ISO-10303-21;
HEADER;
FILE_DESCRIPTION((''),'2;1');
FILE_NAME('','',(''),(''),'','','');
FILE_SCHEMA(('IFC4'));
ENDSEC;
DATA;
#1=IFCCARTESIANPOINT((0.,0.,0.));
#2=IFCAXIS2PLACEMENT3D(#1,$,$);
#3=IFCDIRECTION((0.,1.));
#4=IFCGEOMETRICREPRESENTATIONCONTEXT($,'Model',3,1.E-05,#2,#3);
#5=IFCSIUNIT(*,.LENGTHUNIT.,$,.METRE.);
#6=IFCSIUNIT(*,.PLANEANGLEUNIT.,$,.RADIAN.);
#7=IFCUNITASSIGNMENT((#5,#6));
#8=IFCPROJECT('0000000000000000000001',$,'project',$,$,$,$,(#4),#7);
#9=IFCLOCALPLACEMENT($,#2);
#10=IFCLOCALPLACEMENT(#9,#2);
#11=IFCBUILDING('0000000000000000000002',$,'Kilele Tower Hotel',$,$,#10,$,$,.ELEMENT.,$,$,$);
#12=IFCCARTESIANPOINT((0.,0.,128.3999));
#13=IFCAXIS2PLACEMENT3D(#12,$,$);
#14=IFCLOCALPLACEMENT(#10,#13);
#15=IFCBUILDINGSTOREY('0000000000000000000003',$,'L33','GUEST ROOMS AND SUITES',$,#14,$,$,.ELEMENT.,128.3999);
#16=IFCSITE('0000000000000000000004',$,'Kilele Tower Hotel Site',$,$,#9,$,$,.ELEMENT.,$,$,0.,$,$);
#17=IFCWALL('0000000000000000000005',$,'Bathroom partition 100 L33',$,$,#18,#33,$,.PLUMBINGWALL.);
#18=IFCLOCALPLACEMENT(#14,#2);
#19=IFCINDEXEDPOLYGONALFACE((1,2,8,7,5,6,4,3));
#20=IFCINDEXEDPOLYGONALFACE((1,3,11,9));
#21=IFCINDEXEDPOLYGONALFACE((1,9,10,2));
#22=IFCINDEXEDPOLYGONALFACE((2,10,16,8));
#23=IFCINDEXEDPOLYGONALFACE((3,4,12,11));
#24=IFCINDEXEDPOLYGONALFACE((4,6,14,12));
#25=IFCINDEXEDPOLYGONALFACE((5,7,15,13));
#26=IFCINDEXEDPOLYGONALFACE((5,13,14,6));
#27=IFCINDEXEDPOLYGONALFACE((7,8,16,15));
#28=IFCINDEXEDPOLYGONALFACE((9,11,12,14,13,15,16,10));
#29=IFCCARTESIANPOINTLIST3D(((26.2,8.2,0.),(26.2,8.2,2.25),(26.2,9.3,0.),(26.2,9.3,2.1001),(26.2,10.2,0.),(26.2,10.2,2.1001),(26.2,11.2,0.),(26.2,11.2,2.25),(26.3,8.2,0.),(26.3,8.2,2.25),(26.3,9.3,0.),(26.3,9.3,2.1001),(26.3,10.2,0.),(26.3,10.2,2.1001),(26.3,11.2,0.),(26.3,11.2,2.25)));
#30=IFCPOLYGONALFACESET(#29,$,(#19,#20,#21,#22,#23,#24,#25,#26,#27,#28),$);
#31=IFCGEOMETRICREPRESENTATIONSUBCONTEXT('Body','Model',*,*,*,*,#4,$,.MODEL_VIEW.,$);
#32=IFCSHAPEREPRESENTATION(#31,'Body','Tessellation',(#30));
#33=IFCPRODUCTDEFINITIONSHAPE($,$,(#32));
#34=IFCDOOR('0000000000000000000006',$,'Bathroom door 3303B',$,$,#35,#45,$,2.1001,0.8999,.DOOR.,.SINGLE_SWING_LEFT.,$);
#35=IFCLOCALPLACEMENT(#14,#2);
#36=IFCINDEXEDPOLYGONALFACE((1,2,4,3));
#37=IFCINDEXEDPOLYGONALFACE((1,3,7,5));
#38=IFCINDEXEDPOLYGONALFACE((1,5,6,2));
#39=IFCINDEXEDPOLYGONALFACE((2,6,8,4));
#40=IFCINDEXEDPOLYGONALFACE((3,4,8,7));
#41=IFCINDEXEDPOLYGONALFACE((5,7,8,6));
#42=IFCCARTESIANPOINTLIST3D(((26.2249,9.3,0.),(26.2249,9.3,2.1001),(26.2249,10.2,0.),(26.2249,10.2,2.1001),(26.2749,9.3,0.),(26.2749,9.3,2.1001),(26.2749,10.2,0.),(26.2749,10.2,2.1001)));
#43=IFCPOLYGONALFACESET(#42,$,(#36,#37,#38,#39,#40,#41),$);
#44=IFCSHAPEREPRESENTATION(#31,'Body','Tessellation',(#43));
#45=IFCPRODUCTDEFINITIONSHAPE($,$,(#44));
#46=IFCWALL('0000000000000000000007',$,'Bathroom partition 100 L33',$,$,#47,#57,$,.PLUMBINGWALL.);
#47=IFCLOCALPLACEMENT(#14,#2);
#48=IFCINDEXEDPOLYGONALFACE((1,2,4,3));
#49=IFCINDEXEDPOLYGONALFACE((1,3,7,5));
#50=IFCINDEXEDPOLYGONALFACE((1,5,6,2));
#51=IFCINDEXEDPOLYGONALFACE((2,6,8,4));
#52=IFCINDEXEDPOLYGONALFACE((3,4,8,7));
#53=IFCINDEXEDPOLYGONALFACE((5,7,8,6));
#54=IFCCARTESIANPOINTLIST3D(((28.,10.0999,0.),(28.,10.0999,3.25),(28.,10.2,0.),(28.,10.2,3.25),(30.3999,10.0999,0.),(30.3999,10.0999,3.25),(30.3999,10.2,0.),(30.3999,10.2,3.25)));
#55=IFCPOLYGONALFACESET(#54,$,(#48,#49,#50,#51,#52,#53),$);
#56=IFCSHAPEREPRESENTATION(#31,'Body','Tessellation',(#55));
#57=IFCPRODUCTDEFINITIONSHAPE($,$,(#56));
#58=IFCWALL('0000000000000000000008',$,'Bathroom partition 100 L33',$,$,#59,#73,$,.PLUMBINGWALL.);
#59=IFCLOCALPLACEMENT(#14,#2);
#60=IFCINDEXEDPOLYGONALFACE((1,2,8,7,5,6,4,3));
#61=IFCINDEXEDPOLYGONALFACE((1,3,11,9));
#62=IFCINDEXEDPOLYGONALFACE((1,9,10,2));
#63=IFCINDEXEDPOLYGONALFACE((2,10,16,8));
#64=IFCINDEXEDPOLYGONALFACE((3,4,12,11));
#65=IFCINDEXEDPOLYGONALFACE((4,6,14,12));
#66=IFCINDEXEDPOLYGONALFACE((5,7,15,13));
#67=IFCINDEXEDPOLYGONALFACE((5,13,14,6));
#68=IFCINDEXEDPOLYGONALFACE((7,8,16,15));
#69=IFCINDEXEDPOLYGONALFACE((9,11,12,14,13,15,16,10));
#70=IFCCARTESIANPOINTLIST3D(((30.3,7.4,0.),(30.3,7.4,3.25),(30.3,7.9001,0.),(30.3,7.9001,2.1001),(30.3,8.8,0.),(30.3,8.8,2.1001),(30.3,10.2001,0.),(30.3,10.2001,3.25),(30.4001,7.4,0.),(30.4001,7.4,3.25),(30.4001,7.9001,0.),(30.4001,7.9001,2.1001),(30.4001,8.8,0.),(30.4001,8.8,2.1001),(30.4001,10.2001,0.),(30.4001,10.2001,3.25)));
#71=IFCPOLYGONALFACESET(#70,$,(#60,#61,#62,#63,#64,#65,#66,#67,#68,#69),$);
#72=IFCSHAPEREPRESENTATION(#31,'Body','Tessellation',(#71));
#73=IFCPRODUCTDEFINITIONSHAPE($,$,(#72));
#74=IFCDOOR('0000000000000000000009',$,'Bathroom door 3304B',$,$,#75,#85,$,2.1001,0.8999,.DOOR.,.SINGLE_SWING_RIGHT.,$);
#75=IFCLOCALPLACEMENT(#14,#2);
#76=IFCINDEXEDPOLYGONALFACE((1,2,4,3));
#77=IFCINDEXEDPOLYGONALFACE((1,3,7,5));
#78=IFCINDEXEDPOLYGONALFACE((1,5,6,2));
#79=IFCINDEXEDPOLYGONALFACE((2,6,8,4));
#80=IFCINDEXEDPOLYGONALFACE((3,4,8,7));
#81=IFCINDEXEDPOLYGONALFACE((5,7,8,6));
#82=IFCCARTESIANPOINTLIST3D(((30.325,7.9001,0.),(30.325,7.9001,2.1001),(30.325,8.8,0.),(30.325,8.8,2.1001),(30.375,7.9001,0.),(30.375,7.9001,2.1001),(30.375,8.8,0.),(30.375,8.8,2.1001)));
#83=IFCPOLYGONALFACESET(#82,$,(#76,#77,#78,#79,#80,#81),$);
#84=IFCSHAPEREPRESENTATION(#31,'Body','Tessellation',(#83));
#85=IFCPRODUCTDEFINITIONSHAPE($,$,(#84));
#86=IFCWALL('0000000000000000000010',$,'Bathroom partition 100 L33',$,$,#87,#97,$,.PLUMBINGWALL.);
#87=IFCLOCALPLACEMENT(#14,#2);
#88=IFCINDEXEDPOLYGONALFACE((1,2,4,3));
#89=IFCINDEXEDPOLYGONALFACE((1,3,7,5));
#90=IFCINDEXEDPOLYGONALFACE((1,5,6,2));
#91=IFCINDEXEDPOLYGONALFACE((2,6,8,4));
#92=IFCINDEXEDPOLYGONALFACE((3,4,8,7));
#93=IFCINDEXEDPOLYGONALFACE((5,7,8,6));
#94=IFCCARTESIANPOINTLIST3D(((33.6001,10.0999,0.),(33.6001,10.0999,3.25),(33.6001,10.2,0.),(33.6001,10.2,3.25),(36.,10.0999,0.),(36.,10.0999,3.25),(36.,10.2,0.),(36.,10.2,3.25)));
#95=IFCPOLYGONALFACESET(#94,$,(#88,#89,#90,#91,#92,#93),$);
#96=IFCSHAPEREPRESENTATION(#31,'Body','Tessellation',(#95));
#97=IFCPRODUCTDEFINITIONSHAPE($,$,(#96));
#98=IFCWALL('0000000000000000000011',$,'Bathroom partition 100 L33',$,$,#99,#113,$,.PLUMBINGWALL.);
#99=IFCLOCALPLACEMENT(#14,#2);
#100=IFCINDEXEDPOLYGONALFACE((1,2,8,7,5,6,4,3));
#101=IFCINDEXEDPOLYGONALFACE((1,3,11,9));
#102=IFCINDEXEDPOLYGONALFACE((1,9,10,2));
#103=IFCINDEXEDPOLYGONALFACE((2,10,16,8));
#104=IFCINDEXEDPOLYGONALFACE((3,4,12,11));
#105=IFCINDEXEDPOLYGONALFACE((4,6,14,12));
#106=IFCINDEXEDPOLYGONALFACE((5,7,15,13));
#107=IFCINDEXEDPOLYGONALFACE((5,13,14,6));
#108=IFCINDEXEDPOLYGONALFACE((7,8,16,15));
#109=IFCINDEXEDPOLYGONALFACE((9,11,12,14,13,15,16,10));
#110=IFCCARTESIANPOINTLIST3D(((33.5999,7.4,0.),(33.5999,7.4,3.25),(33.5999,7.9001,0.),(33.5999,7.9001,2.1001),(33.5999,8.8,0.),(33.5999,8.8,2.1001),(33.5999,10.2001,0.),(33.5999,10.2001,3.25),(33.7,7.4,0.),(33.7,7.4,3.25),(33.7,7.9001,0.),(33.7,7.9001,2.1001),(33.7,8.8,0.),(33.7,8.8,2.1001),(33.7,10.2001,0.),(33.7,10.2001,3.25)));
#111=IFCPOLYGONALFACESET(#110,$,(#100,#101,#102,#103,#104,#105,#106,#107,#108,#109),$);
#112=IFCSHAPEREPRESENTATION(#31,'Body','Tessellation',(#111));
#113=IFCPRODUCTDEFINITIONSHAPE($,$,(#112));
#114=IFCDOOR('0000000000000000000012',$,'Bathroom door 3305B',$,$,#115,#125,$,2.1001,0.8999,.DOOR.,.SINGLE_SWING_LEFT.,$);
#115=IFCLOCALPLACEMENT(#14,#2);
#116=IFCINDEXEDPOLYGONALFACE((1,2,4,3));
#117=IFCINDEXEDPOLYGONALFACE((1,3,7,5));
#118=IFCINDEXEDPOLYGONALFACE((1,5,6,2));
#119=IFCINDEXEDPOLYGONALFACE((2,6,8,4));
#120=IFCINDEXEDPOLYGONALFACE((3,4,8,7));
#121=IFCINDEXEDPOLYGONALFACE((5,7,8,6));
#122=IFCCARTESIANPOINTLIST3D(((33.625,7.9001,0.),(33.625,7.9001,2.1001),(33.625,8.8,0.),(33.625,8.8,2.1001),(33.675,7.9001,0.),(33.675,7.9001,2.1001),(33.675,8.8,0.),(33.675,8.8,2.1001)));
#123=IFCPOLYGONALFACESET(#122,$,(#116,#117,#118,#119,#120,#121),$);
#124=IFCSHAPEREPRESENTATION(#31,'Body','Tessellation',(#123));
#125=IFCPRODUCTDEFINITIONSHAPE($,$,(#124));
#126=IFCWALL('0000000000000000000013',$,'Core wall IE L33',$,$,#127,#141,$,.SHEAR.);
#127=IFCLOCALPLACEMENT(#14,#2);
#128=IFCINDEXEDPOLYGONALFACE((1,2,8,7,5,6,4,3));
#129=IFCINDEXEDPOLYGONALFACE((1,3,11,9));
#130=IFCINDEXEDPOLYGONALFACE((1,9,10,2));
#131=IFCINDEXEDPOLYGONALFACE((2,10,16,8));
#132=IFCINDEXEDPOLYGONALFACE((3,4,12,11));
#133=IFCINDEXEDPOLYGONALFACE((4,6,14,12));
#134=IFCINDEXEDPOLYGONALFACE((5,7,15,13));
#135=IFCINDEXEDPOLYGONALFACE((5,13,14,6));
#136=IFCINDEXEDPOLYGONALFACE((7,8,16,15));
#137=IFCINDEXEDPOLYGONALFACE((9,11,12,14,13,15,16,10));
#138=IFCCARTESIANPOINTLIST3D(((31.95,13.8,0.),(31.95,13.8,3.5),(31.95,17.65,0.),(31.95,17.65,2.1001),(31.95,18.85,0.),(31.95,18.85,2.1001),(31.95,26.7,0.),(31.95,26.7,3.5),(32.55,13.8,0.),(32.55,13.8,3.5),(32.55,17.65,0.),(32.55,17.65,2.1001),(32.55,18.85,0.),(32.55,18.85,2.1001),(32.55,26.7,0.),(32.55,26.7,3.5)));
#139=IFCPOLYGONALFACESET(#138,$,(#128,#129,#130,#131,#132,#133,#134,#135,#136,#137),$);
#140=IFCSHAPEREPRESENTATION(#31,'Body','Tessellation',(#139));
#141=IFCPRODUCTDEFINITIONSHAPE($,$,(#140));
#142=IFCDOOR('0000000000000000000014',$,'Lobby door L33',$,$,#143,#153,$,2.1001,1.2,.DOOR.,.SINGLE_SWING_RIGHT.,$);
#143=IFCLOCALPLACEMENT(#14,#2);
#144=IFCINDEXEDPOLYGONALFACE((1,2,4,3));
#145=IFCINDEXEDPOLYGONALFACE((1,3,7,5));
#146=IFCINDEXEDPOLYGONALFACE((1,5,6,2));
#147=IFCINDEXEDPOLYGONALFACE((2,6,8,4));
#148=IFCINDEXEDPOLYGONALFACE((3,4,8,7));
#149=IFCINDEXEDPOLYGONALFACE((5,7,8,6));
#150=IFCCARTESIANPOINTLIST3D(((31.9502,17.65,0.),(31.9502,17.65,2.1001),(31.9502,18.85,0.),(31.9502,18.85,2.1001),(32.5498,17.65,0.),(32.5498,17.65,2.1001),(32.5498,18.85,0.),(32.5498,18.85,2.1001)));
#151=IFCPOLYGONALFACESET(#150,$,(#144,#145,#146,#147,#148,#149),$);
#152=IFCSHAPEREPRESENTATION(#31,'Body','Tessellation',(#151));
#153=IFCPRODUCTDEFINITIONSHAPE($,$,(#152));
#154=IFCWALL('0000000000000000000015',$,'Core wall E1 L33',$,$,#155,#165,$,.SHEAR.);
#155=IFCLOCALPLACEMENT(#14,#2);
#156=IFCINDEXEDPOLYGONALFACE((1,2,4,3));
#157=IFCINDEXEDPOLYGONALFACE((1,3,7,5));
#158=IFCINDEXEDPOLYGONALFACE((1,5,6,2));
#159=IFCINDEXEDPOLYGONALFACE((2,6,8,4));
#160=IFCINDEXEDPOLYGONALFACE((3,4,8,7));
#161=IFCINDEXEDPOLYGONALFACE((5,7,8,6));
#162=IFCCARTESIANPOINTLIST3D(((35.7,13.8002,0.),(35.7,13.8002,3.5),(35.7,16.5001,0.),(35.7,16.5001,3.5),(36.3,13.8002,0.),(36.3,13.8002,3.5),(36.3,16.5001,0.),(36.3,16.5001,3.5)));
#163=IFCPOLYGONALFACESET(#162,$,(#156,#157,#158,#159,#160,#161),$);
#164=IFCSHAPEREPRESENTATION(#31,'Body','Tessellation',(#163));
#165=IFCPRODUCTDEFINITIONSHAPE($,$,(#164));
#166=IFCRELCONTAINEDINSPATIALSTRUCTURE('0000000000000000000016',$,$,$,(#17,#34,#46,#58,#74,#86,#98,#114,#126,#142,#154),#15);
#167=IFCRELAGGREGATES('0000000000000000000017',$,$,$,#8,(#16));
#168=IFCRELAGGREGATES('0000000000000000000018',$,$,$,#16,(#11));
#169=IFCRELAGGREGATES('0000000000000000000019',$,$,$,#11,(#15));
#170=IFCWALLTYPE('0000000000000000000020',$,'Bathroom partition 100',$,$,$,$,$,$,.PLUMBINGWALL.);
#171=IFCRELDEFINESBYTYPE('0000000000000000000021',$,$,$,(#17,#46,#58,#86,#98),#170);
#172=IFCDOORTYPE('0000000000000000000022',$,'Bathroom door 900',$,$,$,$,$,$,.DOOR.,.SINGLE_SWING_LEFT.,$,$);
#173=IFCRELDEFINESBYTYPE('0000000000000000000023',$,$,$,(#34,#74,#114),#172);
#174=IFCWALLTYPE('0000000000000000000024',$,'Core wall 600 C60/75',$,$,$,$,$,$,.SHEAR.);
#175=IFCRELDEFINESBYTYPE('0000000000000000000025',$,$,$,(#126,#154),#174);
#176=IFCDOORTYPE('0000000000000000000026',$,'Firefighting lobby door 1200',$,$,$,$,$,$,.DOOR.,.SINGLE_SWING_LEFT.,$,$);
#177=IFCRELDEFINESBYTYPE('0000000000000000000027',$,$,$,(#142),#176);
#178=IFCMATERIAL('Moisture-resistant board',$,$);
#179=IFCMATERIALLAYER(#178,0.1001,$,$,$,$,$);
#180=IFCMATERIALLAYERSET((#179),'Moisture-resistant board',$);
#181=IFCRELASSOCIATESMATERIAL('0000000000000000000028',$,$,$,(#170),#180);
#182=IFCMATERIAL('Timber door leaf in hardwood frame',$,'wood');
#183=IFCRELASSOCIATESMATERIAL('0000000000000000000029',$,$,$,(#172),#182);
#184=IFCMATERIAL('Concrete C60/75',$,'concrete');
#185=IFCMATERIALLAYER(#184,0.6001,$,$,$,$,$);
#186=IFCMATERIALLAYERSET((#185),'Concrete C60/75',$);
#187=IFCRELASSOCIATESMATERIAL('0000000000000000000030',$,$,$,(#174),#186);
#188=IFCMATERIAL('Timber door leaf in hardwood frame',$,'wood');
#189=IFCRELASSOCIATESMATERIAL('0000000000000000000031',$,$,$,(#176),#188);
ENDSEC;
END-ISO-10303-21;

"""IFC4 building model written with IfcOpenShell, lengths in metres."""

from ifc_helpers import new_model, si_unit, direction, frame, frame_2d, origin, place, context, subcontext, project, spatial, rectangle, extrude, material, layer, layer_set, type_object, element, fill, save


model = new_model("IFC4")

# Units and contexts
model_context = context("Model", 3, precision=1e-05, world=origin(), true_north=direction((0.0, 1.0)))
body_context = subcontext(model_context, "Body", "Model", "MODEL_VIEW")
ifc_project = project(units=[si_unit("LENGTHUNIT", "METRE"), si_unit("PLANEANGLEUNIT", "RADIAN")], contexts=[model_context])

# Site, building, storey
site_placement = place(None, origin())
site = spatial("IfcSite", under=ifc_project, at=site_placement, Name="Kilele Tower Hotel Site", CompositionType="ELEMENT", RefElevation=0.0)
building_placement = place(site_placement, origin())
building = spatial("IfcBuilding", under=site, at=building_placement, Name="Kilele Tower Hotel", CompositionType="ELEMENT")
storey_placement = place(building_placement, frame((0.0, 0.0, 128.3999)))
storey = spatial("IfcBuildingStorey", under=building, at=storey_placement, Name="L33", Description="GUEST ROOMS AND SUITES", CompositionType="ELEMENT", Elevation=128.3999)

# Wall, opening, door
ifc_material_1 = material(Name="Moisture-resistant board")
ifc_layer_1 = layer(ifc_material_1, 0.1001)
ifc_layer_set_1 = layer_set([ifc_layer_1], Name="Moisture-resistant board")
wall_type_1 = type_object("IfcWallType", Name="Bathroom partition 100", PredefinedType="PLUMBINGWALL", material=ifc_layer_set_1)
wall_1_placement = place(storey_placement, frame((26.25, 11.2, 0.0), z_axis=(0.0, 0.0, 1.0), x_axis=(0.0, -1.0, 0.0)))
wall_1 = element("IfcWall", 1, at=wall_1_placement, inside=storey, type_object=wall_type_1, Name="Bathroom partition 100 L33", PredefinedType="PLUMBINGWALL", context=body_context, shape_type="SweptSolid", body=[
    extrude(rectangle(XDim=3.0, YDim=0.1001, at=frame_2d((1.5, 0.0))), origin(), (0.0, 0.0, 1.0), 2.25),
])
opening_1_placement = place(wall_1_placement, frame((1.0, 0.0, 0.0)))
opening_1 = element("IfcOpeningElement", 2, at=opening_1_placement, cuts=wall_1, PredefinedType="OPENING", context=body_context, shape_type="SweptSolid", body=[
    extrude(rectangle(XDim=0.8999, YDim=2.1001, at=frame_2d((0.45, 1.05))), frame((0.0, 0.0601, 0.0), z_axis=(0.0, -1.0, 0.0), x_axis=(1.0, 0.0, 0.0)), (0.0, 0.0, 1.0), 0.1201),
])
ifc_material_2 = material(Name="Timber door leaf in hardwood frame", Category="wood")
door_type_1 = type_object("IfcDoorType", Name="Bathroom door 900", OperationType="SINGLE_SWING_LEFT", PredefinedType="DOOR", material=ifc_material_2)
door_1_placement = place(opening_1_placement, origin())
door_1 = element("IfcDoor", 3, at=door_1_placement, inside=storey, type_object=door_type_1, Name="Bathroom door 3303B", OperationType="SINGLE_SWING_LEFT", OverallHeight=2.1001, OverallWidth=0.8999, PredefinedType="DOOR", context=body_context, shape_type="SweptSolid", body=[
    extrude(rectangle(XDim=0.8999, YDim=2.1001, at=frame_2d((0.45, 1.05))), frame((0.0, 0.0249, 0.0), z_axis=(0.0, -1.0, 0.0), x_axis=(1.0, 0.0, 0.0)), (0.0, 0.0, 1.0), 0.05),
])
fill(opening_1, door_1)

# Wall
wall_2_placement = place(storey_placement, frame((28.0, 10.1499, 0.0), z_axis=(0.0, 0.0, 1.0), x_axis=(1.0, 0.0, 0.0)))
element("IfcWall", 4, at=wall_2_placement, inside=storey, type_object=wall_type_1, Name="Bathroom partition 100 L33", PredefinedType="PLUMBINGWALL", context=body_context, shape_type="SweptSolid", body=[
    extrude(rectangle(XDim=2.3999, YDim=0.1001, at=frame_2d((1.2, 0.0))), origin(), (0.0, 0.0, 1.0), 3.25),
])

# Wall, opening, door
wall_3_placement = place(storey_placement, frame((30.3501, 10.2, 0.0), z_axis=(0.0, 0.0, 1.0), x_axis=(0.0, -1.0, 0.0)))
wall_3 = element("IfcWall", 5, at=wall_3_placement, inside=storey, type_object=wall_type_1, Name="Bathroom partition 100 L33", PredefinedType="PLUMBINGWALL", context=body_context, shape_type="SweptSolid", body=[
    extrude(rectangle(XDim=2.8, YDim=0.1001, at=frame_2d((1.3999, 0.0))), origin(), (0.0, 0.0, 1.0), 3.25),
])
opening_2_placement = place(wall_3_placement, frame((1.3999, 0.0, 0.0)))
opening_2 = element("IfcOpeningElement", 6, at=opening_2_placement, cuts=wall_3, PredefinedType="OPENING", context=body_context, shape_type="SweptSolid", body=[
    extrude(rectangle(XDim=0.8999, YDim=2.1001, at=frame_2d((0.45, 1.05))), frame((0.0, 0.0601, 0.0), z_axis=(0.0, -1.0, 0.0), x_axis=(1.0, 0.0, 0.0)), (0.0, 0.0, 1.0), 0.1201),
])
door_2_placement = place(opening_2_placement, origin())
door_2 = element("IfcDoor", 7, at=door_2_placement, inside=storey, type_object=door_type_1, Name="Bathroom door 3304B", OperationType="SINGLE_SWING_RIGHT", OverallHeight=2.1001, OverallWidth=0.8999, PredefinedType="DOOR", context=body_context, shape_type="SweptSolid", body=[
    extrude(rectangle(XDim=0.8999, YDim=2.1001, at=frame_2d((0.45, 1.05))), frame((0.0, 0.0249, 0.0), z_axis=(0.0, -1.0, 0.0), x_axis=(1.0, 0.0, 0.0)), (0.0, 0.0, 1.0), 0.05),
])
fill(opening_2, door_2)

# Wall
wall_4_placement = place(storey_placement, frame((33.6001, 10.1499, 0.0), z_axis=(0.0, 0.0, 1.0), x_axis=(1.0, 0.0, 0.0)))
element("IfcWall", 8, at=wall_4_placement, inside=storey, type_object=wall_type_1, Name="Bathroom partition 100 L33", PredefinedType="PLUMBINGWALL", context=body_context, shape_type="SweptSolid", body=[
    extrude(rectangle(XDim=2.3999, YDim=0.1001, at=frame_2d((1.2, 0.0))), origin(), (0.0, 0.0, 1.0), 3.25),
])

# Walls, openings, doors
wall_5_placement = place(storey_placement, frame((33.6499, 10.2, 0.0), z_axis=(0.0, 0.0, 1.0), x_axis=(0.0, -1.0, 0.0)))
wall_5 = element("IfcWall", 9, at=wall_5_placement, inside=storey, type_object=wall_type_1, Name="Bathroom partition 100 L33", PredefinedType="PLUMBINGWALL", context=body_context, shape_type="SweptSolid", body=[
    extrude(rectangle(XDim=2.8, YDim=0.1001, at=frame_2d((1.3999, 0.0))), origin(), (0.0, 0.0, 1.0), 3.25),
])
opening_3_placement = place(wall_5_placement, frame((2.2998, 0.0, 0.0), z_axis=(0.0, 0.0, 1.0), x_axis=(-1.0, 0.0, 0.0)))
opening_3 = element("IfcOpeningElement", 10, at=opening_3_placement, cuts=wall_5, PredefinedType="OPENING", context=body_context, shape_type="SweptSolid", body=[
    extrude(rectangle(XDim=0.8999, YDim=2.1001, at=frame_2d((0.45, 1.05))), frame((0.0, 0.0601, 0.0), z_axis=(0.0, -1.0, 0.0), x_axis=(1.0, 0.0, 0.0)), (0.0, 0.0, 1.0), 0.1201),
])
door_3_placement = place(opening_3_placement, origin())
door_3 = element("IfcDoor", 11, at=door_3_placement, inside=storey, type_object=door_type_1, Name="Bathroom door 3305B", OperationType="SINGLE_SWING_LEFT", OverallHeight=2.1001, OverallWidth=0.8999, PredefinedType="DOOR", context=body_context, shape_type="SweptSolid", body=[
    extrude(rectangle(XDim=0.8999, YDim=2.1001, at=frame_2d((0.45, 1.05))), frame((0.0, 0.0249, 0.0), z_axis=(0.0, -1.0, 0.0), x_axis=(1.0, 0.0, 0.0)), (0.0, 0.0, 1.0), 0.05),
])
fill(opening_3, door_3)
ifc_material_3 = material(Name="Concrete C60/75", Category="concrete")
ifc_layer_2 = layer(ifc_material_3, 0.6001)
ifc_layer_set_2 = layer_set([ifc_layer_2], Name="Concrete C60/75")
wall_type_2 = type_object("IfcWallType", Name="Core wall 600 C60/75", PredefinedType="SHEAR", material=ifc_layer_set_2)
wall_6_placement = place(storey_placement, frame((32.25, 13.8, 0.0), z_axis=(0.0, 0.0, 1.0), x_axis=(0.0, 1.0, 0.0)))
wall_6 = element("IfcWall", 12, at=wall_6_placement, inside=storey, type_object=wall_type_2, Name="Core wall IE L33", PredefinedType="SHEAR", context=body_context, shape_type="SweptSolid", body=[
    extrude(rectangle(XDim=12.8999, YDim=0.6001, at=frame_2d((6.45, 0.0))), origin(), (0.0, 0.0, 1.0), 3.5),
])
opening_4_placement = place(wall_6_placement, frame((5.05, 0.0, 0.0), z_axis=(0.0, 0.0, 1.0), x_axis=(-1.0, 0.0, 0.0)))
opening_4 = element("IfcOpeningElement", 13, at=opening_4_placement, cuts=wall_6, PredefinedType="OPENING", context=body_context, shape_type="SweptSolid", body=[
    extrude(rectangle(XDim=1.2, YDim=2.1001, at=frame_2d((0.6001, 1.05))), frame((0.0, 0.3101, 0.0), z_axis=(0.0, -1.0, 0.0), x_axis=(1.0, 0.0, 0.0)), (0.0, 0.0, 1.0), 0.6201),
])
ifc_material_4 = material(Name="Timber door leaf in hardwood frame", Category="wood")
door_type_2 = type_object("IfcDoorType", Name="Firefighting lobby door 1200", OperationType="SINGLE_SWING_LEFT", PredefinedType="DOOR", material=ifc_material_4)
door_4_placement = place(opening_4_placement, origin())
door_4 = element("IfcDoor", 14, at=door_4_placement, inside=storey, type_object=door_type_2, Name="Lobby door L33", OperationType="SINGLE_SWING_RIGHT", OverallHeight=2.1001, OverallWidth=1.2, PredefinedType="DOOR", context=body_context, shape_type="SweptSolid", body=[
    extrude(rectangle(XDim=1.2, YDim=2.1001, at=frame_2d((0.6001, 1.05))), frame((0.0, 0.2998, 0.0), z_axis=(0.0, -1.0, 0.0), x_axis=(1.0, 0.0, 0.0)), (0.0, 0.0, 1.0), 0.5996),
])
fill(opening_4, door_4)

# Wall
wall_7_placement = place(storey_placement, frame((36.0, 13.8, 0.0), z_axis=(0.0, 0.0, 1.0), x_axis=(0.0, 1.0, 0.0)))
element("IfcWall", 15, at=wall_7_placement, inside=storey, type_object=wall_type_2, Name="Core wall E1 L33", PredefinedType="SHEAR", context=body_context, shape_type="SweptSolid", body=[
    extrude(rectangle(XDim=2.7, YDim=0.6001, at=frame_2d((1.3501, 0.0))), origin(), (0.0, 0.0, 1.0), 3.5),
])

save(model, "model.ifc")
